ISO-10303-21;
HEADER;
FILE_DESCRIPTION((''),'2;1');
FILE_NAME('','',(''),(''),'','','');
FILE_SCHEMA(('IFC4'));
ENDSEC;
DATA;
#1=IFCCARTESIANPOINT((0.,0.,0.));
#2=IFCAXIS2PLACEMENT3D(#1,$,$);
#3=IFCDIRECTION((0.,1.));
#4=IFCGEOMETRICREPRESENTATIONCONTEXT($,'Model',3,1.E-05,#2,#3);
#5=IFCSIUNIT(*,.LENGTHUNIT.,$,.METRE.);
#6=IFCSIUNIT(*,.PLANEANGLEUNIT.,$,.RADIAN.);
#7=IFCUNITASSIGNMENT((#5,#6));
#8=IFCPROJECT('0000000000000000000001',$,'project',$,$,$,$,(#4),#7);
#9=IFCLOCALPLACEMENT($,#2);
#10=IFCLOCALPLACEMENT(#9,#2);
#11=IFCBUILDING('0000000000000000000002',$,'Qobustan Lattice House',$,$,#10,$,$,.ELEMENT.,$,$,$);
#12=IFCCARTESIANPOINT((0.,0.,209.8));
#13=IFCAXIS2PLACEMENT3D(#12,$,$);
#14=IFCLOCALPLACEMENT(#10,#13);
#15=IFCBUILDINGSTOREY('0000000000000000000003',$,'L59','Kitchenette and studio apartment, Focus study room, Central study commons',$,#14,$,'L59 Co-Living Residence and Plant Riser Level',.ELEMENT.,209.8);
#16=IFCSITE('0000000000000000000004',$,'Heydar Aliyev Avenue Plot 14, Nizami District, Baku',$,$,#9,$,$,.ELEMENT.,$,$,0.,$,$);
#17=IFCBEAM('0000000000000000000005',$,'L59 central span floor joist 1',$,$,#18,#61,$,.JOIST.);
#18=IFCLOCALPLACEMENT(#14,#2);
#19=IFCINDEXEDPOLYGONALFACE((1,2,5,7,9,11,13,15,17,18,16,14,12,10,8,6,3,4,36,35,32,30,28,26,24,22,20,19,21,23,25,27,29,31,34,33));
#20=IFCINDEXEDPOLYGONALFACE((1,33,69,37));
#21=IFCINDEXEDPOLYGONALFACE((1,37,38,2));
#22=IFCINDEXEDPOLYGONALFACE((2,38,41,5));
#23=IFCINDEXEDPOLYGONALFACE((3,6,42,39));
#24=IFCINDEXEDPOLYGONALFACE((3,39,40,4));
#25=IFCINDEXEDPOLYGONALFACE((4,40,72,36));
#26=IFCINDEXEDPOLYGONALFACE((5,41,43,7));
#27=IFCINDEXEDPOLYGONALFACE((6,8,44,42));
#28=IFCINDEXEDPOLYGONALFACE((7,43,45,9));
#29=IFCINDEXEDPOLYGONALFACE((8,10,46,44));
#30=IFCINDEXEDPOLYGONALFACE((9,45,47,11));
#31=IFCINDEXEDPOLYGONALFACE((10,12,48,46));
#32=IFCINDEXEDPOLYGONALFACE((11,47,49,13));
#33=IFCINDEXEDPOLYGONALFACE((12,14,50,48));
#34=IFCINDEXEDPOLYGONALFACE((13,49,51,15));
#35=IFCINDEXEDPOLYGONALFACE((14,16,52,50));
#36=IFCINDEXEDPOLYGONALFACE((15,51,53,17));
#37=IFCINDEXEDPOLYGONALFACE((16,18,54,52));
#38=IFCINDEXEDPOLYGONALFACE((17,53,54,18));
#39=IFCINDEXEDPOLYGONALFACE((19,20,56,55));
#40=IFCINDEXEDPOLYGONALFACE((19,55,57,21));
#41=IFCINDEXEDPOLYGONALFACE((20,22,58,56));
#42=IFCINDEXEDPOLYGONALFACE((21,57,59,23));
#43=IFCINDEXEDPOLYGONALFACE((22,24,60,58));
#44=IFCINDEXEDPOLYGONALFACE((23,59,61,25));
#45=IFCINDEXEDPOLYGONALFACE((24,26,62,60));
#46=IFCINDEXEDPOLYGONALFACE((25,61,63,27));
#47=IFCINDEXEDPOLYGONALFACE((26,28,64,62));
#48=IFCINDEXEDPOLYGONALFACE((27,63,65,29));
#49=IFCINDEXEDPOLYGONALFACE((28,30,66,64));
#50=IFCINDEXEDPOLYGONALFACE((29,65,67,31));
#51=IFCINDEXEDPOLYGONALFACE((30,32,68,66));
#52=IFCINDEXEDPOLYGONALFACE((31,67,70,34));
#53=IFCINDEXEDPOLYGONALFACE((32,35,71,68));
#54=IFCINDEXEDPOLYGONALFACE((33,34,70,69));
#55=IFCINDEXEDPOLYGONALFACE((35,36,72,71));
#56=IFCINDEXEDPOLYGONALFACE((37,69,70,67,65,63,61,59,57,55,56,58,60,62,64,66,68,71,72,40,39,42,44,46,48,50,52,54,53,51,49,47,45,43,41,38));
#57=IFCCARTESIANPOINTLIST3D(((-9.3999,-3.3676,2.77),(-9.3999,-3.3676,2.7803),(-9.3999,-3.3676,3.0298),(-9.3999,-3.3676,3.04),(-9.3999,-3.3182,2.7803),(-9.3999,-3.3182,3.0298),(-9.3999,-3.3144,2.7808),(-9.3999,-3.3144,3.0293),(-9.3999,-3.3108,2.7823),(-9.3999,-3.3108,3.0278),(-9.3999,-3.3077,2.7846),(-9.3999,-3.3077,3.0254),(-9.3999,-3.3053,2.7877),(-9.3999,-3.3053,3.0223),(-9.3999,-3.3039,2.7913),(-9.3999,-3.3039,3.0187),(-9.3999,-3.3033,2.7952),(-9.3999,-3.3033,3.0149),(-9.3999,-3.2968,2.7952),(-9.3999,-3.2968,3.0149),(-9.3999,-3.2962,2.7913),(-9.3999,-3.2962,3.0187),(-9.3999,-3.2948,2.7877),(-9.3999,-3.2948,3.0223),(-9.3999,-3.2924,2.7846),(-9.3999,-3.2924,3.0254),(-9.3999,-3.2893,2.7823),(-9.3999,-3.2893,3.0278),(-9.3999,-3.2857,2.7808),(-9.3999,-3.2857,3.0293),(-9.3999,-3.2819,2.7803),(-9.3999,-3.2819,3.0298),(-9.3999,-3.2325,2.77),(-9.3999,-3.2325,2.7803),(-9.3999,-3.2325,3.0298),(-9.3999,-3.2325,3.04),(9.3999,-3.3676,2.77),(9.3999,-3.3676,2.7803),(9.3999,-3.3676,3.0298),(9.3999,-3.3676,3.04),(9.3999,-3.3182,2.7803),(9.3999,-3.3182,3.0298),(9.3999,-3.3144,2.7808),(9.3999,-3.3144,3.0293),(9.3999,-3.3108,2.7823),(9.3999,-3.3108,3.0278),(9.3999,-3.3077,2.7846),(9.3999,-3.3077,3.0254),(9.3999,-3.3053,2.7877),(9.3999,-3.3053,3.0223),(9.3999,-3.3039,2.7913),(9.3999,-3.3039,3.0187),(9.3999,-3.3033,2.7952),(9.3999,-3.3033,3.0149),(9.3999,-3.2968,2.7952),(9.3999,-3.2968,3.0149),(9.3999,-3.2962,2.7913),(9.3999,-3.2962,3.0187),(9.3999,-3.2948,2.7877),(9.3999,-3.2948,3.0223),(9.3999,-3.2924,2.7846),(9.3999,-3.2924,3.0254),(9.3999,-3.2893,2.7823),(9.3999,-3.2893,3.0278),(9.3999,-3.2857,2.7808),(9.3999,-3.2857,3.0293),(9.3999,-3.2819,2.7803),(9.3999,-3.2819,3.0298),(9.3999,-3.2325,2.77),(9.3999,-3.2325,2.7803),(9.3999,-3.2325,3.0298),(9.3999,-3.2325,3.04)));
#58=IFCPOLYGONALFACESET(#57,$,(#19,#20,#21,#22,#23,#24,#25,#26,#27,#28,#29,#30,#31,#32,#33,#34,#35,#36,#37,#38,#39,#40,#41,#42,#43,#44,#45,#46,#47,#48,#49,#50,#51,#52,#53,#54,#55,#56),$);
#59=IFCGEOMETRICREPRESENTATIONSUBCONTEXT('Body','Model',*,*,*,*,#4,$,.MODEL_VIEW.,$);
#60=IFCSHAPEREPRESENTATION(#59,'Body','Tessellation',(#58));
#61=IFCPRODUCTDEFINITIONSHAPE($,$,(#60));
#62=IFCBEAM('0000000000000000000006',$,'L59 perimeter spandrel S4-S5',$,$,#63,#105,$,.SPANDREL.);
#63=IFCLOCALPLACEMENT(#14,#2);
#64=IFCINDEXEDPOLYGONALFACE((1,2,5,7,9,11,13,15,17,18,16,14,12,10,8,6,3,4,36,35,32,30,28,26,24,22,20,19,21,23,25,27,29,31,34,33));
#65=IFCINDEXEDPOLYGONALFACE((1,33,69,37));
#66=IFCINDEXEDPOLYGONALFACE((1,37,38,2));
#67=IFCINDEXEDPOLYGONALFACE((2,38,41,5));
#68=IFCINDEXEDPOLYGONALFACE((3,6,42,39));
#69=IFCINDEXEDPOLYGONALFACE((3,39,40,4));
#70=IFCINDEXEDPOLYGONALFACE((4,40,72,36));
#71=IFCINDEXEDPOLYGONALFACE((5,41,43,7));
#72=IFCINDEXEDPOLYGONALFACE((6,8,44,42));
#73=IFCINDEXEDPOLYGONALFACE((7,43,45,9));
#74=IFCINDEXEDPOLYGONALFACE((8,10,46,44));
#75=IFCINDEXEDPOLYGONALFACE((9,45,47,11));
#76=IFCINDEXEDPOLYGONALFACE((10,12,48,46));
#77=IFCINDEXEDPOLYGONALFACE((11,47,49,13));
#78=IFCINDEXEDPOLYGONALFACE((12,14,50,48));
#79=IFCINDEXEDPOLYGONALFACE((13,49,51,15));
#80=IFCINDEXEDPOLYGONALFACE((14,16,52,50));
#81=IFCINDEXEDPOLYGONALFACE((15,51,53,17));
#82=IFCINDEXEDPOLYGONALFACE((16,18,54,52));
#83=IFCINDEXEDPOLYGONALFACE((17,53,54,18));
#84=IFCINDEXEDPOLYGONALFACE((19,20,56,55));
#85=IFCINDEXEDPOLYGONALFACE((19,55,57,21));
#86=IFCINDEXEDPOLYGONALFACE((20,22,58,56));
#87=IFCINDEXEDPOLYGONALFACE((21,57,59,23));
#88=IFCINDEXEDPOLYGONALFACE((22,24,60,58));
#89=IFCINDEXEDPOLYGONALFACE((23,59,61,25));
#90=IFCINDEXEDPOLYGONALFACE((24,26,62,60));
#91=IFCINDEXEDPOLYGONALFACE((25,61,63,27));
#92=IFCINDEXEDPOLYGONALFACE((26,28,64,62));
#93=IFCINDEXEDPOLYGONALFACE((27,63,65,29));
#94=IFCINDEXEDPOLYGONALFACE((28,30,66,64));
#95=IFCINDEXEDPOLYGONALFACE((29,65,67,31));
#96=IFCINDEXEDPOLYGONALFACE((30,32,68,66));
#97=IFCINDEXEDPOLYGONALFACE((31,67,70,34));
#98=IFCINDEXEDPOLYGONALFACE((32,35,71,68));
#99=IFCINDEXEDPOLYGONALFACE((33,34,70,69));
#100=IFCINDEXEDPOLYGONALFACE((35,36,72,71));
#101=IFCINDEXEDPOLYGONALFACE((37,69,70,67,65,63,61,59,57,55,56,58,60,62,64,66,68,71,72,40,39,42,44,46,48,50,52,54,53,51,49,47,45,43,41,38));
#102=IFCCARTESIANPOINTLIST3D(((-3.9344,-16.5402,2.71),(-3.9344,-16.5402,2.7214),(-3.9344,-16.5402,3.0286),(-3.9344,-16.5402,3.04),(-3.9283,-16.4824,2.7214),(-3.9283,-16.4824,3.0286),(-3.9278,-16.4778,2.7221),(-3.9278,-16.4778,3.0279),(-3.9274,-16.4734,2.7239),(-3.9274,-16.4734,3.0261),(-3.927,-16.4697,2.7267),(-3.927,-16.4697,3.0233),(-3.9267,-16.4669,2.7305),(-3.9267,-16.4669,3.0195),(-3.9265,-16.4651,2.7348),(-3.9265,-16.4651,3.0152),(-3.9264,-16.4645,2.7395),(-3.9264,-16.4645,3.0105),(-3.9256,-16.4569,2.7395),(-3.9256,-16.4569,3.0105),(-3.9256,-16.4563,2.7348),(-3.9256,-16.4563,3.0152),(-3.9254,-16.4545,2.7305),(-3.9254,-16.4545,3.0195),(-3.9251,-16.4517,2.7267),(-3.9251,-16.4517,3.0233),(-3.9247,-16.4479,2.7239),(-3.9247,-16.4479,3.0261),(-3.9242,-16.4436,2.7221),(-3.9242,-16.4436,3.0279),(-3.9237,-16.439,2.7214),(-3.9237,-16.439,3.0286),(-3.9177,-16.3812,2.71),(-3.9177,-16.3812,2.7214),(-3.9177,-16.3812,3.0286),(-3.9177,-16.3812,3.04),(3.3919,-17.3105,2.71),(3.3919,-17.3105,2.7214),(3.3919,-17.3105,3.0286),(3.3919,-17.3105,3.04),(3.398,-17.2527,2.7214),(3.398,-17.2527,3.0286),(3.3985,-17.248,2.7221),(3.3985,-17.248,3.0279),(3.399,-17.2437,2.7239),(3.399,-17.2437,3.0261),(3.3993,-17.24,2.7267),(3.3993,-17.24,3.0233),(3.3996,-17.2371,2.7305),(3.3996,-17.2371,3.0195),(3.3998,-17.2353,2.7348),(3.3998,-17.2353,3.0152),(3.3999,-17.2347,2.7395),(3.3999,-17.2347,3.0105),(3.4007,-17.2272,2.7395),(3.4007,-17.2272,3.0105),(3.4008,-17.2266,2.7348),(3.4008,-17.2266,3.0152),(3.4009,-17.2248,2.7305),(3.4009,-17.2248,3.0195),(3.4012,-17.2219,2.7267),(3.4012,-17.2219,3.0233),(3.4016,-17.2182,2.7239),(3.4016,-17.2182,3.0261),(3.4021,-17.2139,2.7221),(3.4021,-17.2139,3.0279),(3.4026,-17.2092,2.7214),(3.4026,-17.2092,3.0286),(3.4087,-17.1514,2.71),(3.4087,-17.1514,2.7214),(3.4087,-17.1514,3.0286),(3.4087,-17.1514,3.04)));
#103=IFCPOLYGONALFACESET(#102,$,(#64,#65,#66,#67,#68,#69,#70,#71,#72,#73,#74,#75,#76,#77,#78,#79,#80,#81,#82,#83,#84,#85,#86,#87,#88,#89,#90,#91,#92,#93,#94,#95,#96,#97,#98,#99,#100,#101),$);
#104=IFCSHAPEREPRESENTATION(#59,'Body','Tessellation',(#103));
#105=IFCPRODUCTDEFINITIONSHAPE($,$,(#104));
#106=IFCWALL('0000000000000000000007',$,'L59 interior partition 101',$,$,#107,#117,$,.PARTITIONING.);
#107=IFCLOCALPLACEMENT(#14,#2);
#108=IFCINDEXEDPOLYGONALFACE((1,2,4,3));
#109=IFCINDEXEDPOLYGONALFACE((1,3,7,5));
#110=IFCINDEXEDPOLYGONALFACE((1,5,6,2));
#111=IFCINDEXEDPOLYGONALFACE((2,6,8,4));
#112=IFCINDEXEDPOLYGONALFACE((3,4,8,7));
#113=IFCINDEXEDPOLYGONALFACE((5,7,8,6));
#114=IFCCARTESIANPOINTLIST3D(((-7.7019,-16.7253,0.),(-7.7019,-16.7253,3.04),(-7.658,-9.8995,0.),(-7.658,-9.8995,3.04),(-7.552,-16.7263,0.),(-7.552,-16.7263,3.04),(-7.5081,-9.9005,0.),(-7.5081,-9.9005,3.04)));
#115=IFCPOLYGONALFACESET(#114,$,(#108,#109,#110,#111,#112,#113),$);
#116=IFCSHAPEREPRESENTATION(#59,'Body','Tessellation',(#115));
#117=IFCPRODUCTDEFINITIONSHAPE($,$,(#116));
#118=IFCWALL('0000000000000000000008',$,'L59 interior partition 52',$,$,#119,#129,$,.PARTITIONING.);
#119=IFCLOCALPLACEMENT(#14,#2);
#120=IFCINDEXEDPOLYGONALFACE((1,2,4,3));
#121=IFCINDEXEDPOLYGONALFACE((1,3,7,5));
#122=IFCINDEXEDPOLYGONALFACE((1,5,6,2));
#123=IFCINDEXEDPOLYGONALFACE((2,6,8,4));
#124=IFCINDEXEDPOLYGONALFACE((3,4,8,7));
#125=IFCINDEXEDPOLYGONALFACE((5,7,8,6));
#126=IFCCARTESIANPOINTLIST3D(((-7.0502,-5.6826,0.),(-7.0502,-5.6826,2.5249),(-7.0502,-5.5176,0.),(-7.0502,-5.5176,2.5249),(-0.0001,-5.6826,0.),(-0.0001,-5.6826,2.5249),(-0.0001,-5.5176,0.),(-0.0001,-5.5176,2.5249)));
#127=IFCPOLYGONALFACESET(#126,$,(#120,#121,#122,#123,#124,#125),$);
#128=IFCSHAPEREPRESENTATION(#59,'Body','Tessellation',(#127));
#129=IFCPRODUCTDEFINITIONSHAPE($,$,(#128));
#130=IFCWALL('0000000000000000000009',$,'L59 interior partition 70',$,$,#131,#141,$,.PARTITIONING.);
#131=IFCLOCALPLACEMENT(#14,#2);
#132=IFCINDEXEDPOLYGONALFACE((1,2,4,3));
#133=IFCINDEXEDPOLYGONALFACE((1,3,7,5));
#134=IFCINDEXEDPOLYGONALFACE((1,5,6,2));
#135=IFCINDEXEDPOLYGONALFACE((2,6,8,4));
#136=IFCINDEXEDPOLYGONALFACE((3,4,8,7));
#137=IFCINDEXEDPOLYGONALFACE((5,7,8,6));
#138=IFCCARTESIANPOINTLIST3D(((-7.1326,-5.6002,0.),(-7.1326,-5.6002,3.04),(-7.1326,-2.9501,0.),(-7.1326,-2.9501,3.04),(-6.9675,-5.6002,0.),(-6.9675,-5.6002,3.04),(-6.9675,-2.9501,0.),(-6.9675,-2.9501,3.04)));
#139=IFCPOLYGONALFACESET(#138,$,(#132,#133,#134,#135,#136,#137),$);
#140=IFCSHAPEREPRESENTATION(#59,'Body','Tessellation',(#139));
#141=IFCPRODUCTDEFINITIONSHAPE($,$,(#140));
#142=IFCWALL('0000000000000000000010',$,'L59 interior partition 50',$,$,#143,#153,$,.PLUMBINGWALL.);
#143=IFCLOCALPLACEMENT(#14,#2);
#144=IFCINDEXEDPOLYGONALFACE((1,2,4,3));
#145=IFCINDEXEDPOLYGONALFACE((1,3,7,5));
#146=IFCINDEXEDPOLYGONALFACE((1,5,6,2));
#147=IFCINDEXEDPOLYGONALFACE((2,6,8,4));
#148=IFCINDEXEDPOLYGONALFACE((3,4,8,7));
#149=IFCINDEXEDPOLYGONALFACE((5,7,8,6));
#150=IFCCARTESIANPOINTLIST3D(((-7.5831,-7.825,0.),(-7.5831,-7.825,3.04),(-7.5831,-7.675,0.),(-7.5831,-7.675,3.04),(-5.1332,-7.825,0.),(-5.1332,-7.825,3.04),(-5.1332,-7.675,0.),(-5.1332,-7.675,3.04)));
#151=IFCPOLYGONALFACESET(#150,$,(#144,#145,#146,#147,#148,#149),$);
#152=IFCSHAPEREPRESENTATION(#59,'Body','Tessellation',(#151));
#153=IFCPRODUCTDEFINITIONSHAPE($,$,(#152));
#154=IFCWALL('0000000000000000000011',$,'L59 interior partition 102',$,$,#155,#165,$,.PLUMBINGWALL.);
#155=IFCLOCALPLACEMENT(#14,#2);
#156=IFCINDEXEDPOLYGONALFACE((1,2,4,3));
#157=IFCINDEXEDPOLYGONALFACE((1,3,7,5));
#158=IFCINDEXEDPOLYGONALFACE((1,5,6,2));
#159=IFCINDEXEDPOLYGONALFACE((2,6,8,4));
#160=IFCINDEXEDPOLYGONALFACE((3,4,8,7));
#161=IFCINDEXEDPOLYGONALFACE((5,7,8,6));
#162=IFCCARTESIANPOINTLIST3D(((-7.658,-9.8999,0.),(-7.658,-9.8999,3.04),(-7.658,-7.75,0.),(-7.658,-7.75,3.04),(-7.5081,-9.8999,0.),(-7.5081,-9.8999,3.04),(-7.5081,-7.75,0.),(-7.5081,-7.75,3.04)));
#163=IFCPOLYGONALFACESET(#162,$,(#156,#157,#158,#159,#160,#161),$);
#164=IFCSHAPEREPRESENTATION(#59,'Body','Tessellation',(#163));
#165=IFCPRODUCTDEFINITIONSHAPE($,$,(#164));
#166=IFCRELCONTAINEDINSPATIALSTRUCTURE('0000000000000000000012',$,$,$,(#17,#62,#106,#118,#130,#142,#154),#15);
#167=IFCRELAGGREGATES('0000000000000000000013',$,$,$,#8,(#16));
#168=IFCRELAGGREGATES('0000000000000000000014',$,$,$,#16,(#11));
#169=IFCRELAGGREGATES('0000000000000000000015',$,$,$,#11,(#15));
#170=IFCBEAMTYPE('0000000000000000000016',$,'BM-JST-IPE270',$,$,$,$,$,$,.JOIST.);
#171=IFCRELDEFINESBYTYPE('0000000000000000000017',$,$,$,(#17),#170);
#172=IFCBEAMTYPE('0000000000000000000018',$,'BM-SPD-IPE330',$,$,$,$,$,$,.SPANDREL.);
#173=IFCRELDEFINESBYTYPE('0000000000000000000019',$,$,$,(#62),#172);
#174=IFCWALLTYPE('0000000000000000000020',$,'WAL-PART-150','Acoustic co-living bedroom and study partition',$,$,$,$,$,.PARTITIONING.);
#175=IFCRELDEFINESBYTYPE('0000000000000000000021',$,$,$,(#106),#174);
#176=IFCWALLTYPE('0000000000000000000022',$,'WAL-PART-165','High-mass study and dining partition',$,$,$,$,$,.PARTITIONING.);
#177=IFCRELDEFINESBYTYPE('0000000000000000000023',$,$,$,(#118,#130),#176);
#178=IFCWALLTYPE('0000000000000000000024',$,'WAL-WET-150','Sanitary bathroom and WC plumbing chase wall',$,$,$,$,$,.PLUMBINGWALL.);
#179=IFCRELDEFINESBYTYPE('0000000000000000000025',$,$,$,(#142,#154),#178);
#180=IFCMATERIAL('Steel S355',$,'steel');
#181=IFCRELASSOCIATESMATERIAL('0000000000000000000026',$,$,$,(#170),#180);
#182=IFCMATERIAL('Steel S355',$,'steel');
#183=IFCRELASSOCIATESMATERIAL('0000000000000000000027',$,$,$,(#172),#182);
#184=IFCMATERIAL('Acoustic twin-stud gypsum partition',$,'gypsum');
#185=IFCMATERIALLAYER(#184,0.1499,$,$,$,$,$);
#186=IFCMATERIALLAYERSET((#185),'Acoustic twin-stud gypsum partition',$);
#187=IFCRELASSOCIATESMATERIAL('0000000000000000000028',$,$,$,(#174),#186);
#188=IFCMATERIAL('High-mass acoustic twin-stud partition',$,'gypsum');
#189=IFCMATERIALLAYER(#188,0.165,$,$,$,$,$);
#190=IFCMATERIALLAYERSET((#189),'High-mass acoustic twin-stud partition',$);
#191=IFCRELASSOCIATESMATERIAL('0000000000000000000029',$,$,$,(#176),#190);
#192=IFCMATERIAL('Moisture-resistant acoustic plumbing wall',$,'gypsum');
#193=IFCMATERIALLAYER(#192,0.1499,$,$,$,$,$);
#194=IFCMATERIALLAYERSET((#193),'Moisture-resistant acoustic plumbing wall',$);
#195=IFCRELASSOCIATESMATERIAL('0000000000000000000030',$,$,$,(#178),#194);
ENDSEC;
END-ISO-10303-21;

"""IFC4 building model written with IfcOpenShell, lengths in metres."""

from ifc_helpers import new_model, si_unit, direction, frame, frame_2d, origin, origin_2d, place, context, subcontext, project, spatial, rectangle, i_section, extrude, material, layer, layer_set, material_profile, profile_set, type_object, element, save


model = new_model("IFC4")

# Units and contexts
model_context = context("Model", 3, precision=1e-05, world=origin(), true_north=direction((0.0, 1.0)))
body_context = subcontext(model_context, "Body", "Model", "MODEL_VIEW")
ifc_project = project(units=[si_unit("LENGTHUNIT", "METRE"), si_unit("PLANEANGLEUNIT", "RADIAN")], contexts=[model_context])

# Site, building, storey
site_placement = place(None, origin())
site = spatial("IfcSite", under=ifc_project, at=site_placement, Name="Heydar Aliyev Avenue Plot 14, Nizami District, Baku", CompositionType="ELEMENT", RefElevation=0.0)
building_placement = place(site_placement, origin())
building = spatial("IfcBuilding", under=site, at=building_placement, Name="Qobustan Lattice House", CompositionType="ELEMENT")
storey_placement = place(building_placement, frame((0.0, 0.0, 209.8)))
storey = spatial("IfcBuildingStorey", under=building, at=storey_placement, Name="L59", Description="Kitchenette and studio apartment, Focus study room, Central study commons", LongName="L59 Co-Living Residence and Plant Riser Level", CompositionType="ELEMENT", Elevation=209.8)

# Beams
ifc_material_1 = material(Name="Steel S355", Category="steel")
ifc_material_profile_1 = material_profile(ifc_material_1, i_section(OverallWidth=0.135, OverallDepth=0.27, WebThickness=0.0066, FlangeThickness=0.0103, FilletRadius=0.0149, at=origin_2d()), Name="IPE270")
ifc_profile_set_1 = profile_set([ifc_material_profile_1], Name="Steel S355")
beam_type_1 = type_object("IfcBeamType", Name="BM-JST-IPE270", PredefinedType="JOIST", material=ifc_profile_set_1)
beam_1_placement = place(storey_placement, frame((-9.3999, -3.3, 2.905), z_axis=(1.0, 0.0, 0.0), x_axis=(0.0, 1.0, 0.0)))
element("IfcBeam", 1, at=beam_1_placement, inside=storey, type_object=beam_type_1, Name="L59 central span floor joist 1", PredefinedType="JOIST", context=body_context, shape_type="SweptSolid", body=[
    extrude(i_section(OverallWidth=0.135, OverallDepth=0.27, WebThickness=0.0066, FlangeThickness=0.0103, FilletRadius=0.0149, at=origin_2d()), origin(), (0.0, 0.0, 1.0), 18.7998),
])
ifc_material_2 = material(Name="Steel S355", Category="steel")
ifc_material_profile_2 = material_profile(ifc_material_2, i_section(OverallWidth=0.1599, OverallDepth=0.3301, WebThickness=0.0076, FlangeThickness=0.0115, FilletRadius=0.0181, at=origin_2d()), Name="IPE330")
ifc_profile_set_2 = profile_set([ifc_material_profile_2], Name="Steel S355")
beam_type_2 = type_object("IfcBeamType", Name="BM-SPD-IPE330", PredefinedType="SPANDREL", material=ifc_profile_set_2)
beam_2_placement = place(storey_placement, frame((-3.926, -16.4607, 2.875), z_axis=(0.994519, -0.104559, 0.0), x_axis=(0.104559, 0.994519, 0.0)))
element("IfcBeam", 2, at=beam_2_placement, inside=storey, type_object=beam_type_2, Name="L59 perimeter spandrel S4-S5", PredefinedType="SPANDREL", context=body_context, shape_type="SweptSolid", body=[
    extrude(i_section(OverallWidth=0.1599, OverallDepth=0.3301, WebThickness=0.0076, FlangeThickness=0.0115, FilletRadius=0.0181, at=origin_2d()), origin(), (0.0, 0.0, 1.0), 7.3667),
])

# Walls
ifc_material_3 = material(Name="Acoustic twin-stud gypsum partition", Category="gypsum")
ifc_layer_1 = layer(ifc_material_3, 0.1499)
ifc_layer_set_1 = layer_set([ifc_layer_1], Name="Acoustic twin-stud gypsum partition")
wall_type_1 = type_object("IfcWallType", Name="WAL-PART-150", Description="Acoustic co-living bedroom and study partition", PredefinedType="PARTITIONING", material=ifc_layer_set_1)
wall_1_placement = place(storey_placement, frame((-7.583, -9.8999, 0.0), z_axis=(0.0, 0.0, 1.0), x_axis=(-0.006438, -0.999979, 0.0)))
element("IfcWall", 3, at=wall_1_placement, inside=storey, type_object=wall_type_1, Name="L59 interior partition 101", PredefinedType="PARTITIONING", context=body_context, shape_type="SweptSolid", body=[
    extrude(rectangle(XDim=6.8259, YDim=0.1499, at=frame_2d((3.4131, 0.0))), origin(), (0.0, 0.0, 1.0), 3.04),
])
ifc_material_4 = material(Name="High-mass acoustic twin-stud partition", Category="gypsum")
ifc_layer_2 = layer(ifc_material_4, 0.165)
ifc_layer_set_2 = layer_set([ifc_layer_2], Name="High-mass acoustic twin-stud partition")
wall_type_2 = type_object("IfcWallType", Name="WAL-PART-165", Description="High-mass study and dining partition", PredefinedType="PARTITIONING", material=ifc_layer_set_2)
wall_2_placement = place(storey_placement, frame((-7.05, -5.6001, 0.0), z_axis=(0.0, 0.0, 1.0), x_axis=(1.0, 0.0, 0.0)))
element("IfcWall", 4, at=wall_2_placement, inside=storey, type_object=wall_type_2, Name="L59 interior partition 52", PredefinedType="PARTITIONING", context=body_context, shape_type="SweptSolid", body=[
    extrude(rectangle(XDim=7.05, YDim=0.165, at=frame_2d((3.5249, 0.0))), origin(), (0.0, 0.0, 1.0), 2.5249),
])
wall_3_placement = place(storey_placement, frame((-7.05, -2.95, 0.0), z_axis=(0.0, 0.0, 1.0), x_axis=(0.0, -1.0, 0.0)))
element("IfcWall", 5, at=wall_3_placement, inside=storey, type_object=wall_type_2, Name="L59 interior partition 70", PredefinedType="PARTITIONING", context=body_context, shape_type="SweptSolid", body=[
    extrude(rectangle(XDim=2.6501, YDim=0.165, at=frame_2d((1.3252, 0.0))), origin(), (0.0, 0.0, 1.0), 3.04),
])
ifc_material_5 = material(Name="Moisture-resistant acoustic plumbing wall", Category="gypsum")
ifc_layer_3 = layer(ifc_material_5, 0.1499)
ifc_layer_set_3 = layer_set([ifc_layer_3], Name="Moisture-resistant acoustic plumbing wall")
wall_type_3 = type_object("IfcWallType", Name="WAL-WET-150", Description="Sanitary bathroom and WC plumbing chase wall", PredefinedType="PLUMBINGWALL", material=ifc_layer_set_3)
wall_4_placement = place(storey_placement, frame((-5.1331, -7.75, 0.0), z_axis=(0.0, 0.0, 1.0), x_axis=(-1.0, 0.0, 0.0)))
element("IfcWall", 6, at=wall_4_placement, inside=storey, type_object=wall_type_3, Name="L59 interior partition 50", PredefinedType="PLUMBINGWALL", context=body_context, shape_type="SweptSolid", body=[
    extrude(rectangle(XDim=2.45, YDim=0.1499, at=frame_2d((1.2251, 0.0))), origin(), (0.0, 0.0, 1.0), 3.04),
])
wall_5_placement = place(storey_placement, frame((-7.583, -7.75, 0.0), z_axis=(0.0, 0.0, 1.0), x_axis=(0.0, -1.0, 0.0)))
element("IfcWall", 7, at=wall_5_placement, inside=storey, type_object=wall_type_3, Name="L59 interior partition 102", PredefinedType="PLUMBINGWALL", context=body_context, shape_type="SweptSolid", body=[
    extrude(rectangle(XDim=2.1499, YDim=0.1499, at=frame_2d((1.075, 0.0))), origin(), (0.0, 0.0, 1.0), 3.04),
])

save(model, "model.ifc")
